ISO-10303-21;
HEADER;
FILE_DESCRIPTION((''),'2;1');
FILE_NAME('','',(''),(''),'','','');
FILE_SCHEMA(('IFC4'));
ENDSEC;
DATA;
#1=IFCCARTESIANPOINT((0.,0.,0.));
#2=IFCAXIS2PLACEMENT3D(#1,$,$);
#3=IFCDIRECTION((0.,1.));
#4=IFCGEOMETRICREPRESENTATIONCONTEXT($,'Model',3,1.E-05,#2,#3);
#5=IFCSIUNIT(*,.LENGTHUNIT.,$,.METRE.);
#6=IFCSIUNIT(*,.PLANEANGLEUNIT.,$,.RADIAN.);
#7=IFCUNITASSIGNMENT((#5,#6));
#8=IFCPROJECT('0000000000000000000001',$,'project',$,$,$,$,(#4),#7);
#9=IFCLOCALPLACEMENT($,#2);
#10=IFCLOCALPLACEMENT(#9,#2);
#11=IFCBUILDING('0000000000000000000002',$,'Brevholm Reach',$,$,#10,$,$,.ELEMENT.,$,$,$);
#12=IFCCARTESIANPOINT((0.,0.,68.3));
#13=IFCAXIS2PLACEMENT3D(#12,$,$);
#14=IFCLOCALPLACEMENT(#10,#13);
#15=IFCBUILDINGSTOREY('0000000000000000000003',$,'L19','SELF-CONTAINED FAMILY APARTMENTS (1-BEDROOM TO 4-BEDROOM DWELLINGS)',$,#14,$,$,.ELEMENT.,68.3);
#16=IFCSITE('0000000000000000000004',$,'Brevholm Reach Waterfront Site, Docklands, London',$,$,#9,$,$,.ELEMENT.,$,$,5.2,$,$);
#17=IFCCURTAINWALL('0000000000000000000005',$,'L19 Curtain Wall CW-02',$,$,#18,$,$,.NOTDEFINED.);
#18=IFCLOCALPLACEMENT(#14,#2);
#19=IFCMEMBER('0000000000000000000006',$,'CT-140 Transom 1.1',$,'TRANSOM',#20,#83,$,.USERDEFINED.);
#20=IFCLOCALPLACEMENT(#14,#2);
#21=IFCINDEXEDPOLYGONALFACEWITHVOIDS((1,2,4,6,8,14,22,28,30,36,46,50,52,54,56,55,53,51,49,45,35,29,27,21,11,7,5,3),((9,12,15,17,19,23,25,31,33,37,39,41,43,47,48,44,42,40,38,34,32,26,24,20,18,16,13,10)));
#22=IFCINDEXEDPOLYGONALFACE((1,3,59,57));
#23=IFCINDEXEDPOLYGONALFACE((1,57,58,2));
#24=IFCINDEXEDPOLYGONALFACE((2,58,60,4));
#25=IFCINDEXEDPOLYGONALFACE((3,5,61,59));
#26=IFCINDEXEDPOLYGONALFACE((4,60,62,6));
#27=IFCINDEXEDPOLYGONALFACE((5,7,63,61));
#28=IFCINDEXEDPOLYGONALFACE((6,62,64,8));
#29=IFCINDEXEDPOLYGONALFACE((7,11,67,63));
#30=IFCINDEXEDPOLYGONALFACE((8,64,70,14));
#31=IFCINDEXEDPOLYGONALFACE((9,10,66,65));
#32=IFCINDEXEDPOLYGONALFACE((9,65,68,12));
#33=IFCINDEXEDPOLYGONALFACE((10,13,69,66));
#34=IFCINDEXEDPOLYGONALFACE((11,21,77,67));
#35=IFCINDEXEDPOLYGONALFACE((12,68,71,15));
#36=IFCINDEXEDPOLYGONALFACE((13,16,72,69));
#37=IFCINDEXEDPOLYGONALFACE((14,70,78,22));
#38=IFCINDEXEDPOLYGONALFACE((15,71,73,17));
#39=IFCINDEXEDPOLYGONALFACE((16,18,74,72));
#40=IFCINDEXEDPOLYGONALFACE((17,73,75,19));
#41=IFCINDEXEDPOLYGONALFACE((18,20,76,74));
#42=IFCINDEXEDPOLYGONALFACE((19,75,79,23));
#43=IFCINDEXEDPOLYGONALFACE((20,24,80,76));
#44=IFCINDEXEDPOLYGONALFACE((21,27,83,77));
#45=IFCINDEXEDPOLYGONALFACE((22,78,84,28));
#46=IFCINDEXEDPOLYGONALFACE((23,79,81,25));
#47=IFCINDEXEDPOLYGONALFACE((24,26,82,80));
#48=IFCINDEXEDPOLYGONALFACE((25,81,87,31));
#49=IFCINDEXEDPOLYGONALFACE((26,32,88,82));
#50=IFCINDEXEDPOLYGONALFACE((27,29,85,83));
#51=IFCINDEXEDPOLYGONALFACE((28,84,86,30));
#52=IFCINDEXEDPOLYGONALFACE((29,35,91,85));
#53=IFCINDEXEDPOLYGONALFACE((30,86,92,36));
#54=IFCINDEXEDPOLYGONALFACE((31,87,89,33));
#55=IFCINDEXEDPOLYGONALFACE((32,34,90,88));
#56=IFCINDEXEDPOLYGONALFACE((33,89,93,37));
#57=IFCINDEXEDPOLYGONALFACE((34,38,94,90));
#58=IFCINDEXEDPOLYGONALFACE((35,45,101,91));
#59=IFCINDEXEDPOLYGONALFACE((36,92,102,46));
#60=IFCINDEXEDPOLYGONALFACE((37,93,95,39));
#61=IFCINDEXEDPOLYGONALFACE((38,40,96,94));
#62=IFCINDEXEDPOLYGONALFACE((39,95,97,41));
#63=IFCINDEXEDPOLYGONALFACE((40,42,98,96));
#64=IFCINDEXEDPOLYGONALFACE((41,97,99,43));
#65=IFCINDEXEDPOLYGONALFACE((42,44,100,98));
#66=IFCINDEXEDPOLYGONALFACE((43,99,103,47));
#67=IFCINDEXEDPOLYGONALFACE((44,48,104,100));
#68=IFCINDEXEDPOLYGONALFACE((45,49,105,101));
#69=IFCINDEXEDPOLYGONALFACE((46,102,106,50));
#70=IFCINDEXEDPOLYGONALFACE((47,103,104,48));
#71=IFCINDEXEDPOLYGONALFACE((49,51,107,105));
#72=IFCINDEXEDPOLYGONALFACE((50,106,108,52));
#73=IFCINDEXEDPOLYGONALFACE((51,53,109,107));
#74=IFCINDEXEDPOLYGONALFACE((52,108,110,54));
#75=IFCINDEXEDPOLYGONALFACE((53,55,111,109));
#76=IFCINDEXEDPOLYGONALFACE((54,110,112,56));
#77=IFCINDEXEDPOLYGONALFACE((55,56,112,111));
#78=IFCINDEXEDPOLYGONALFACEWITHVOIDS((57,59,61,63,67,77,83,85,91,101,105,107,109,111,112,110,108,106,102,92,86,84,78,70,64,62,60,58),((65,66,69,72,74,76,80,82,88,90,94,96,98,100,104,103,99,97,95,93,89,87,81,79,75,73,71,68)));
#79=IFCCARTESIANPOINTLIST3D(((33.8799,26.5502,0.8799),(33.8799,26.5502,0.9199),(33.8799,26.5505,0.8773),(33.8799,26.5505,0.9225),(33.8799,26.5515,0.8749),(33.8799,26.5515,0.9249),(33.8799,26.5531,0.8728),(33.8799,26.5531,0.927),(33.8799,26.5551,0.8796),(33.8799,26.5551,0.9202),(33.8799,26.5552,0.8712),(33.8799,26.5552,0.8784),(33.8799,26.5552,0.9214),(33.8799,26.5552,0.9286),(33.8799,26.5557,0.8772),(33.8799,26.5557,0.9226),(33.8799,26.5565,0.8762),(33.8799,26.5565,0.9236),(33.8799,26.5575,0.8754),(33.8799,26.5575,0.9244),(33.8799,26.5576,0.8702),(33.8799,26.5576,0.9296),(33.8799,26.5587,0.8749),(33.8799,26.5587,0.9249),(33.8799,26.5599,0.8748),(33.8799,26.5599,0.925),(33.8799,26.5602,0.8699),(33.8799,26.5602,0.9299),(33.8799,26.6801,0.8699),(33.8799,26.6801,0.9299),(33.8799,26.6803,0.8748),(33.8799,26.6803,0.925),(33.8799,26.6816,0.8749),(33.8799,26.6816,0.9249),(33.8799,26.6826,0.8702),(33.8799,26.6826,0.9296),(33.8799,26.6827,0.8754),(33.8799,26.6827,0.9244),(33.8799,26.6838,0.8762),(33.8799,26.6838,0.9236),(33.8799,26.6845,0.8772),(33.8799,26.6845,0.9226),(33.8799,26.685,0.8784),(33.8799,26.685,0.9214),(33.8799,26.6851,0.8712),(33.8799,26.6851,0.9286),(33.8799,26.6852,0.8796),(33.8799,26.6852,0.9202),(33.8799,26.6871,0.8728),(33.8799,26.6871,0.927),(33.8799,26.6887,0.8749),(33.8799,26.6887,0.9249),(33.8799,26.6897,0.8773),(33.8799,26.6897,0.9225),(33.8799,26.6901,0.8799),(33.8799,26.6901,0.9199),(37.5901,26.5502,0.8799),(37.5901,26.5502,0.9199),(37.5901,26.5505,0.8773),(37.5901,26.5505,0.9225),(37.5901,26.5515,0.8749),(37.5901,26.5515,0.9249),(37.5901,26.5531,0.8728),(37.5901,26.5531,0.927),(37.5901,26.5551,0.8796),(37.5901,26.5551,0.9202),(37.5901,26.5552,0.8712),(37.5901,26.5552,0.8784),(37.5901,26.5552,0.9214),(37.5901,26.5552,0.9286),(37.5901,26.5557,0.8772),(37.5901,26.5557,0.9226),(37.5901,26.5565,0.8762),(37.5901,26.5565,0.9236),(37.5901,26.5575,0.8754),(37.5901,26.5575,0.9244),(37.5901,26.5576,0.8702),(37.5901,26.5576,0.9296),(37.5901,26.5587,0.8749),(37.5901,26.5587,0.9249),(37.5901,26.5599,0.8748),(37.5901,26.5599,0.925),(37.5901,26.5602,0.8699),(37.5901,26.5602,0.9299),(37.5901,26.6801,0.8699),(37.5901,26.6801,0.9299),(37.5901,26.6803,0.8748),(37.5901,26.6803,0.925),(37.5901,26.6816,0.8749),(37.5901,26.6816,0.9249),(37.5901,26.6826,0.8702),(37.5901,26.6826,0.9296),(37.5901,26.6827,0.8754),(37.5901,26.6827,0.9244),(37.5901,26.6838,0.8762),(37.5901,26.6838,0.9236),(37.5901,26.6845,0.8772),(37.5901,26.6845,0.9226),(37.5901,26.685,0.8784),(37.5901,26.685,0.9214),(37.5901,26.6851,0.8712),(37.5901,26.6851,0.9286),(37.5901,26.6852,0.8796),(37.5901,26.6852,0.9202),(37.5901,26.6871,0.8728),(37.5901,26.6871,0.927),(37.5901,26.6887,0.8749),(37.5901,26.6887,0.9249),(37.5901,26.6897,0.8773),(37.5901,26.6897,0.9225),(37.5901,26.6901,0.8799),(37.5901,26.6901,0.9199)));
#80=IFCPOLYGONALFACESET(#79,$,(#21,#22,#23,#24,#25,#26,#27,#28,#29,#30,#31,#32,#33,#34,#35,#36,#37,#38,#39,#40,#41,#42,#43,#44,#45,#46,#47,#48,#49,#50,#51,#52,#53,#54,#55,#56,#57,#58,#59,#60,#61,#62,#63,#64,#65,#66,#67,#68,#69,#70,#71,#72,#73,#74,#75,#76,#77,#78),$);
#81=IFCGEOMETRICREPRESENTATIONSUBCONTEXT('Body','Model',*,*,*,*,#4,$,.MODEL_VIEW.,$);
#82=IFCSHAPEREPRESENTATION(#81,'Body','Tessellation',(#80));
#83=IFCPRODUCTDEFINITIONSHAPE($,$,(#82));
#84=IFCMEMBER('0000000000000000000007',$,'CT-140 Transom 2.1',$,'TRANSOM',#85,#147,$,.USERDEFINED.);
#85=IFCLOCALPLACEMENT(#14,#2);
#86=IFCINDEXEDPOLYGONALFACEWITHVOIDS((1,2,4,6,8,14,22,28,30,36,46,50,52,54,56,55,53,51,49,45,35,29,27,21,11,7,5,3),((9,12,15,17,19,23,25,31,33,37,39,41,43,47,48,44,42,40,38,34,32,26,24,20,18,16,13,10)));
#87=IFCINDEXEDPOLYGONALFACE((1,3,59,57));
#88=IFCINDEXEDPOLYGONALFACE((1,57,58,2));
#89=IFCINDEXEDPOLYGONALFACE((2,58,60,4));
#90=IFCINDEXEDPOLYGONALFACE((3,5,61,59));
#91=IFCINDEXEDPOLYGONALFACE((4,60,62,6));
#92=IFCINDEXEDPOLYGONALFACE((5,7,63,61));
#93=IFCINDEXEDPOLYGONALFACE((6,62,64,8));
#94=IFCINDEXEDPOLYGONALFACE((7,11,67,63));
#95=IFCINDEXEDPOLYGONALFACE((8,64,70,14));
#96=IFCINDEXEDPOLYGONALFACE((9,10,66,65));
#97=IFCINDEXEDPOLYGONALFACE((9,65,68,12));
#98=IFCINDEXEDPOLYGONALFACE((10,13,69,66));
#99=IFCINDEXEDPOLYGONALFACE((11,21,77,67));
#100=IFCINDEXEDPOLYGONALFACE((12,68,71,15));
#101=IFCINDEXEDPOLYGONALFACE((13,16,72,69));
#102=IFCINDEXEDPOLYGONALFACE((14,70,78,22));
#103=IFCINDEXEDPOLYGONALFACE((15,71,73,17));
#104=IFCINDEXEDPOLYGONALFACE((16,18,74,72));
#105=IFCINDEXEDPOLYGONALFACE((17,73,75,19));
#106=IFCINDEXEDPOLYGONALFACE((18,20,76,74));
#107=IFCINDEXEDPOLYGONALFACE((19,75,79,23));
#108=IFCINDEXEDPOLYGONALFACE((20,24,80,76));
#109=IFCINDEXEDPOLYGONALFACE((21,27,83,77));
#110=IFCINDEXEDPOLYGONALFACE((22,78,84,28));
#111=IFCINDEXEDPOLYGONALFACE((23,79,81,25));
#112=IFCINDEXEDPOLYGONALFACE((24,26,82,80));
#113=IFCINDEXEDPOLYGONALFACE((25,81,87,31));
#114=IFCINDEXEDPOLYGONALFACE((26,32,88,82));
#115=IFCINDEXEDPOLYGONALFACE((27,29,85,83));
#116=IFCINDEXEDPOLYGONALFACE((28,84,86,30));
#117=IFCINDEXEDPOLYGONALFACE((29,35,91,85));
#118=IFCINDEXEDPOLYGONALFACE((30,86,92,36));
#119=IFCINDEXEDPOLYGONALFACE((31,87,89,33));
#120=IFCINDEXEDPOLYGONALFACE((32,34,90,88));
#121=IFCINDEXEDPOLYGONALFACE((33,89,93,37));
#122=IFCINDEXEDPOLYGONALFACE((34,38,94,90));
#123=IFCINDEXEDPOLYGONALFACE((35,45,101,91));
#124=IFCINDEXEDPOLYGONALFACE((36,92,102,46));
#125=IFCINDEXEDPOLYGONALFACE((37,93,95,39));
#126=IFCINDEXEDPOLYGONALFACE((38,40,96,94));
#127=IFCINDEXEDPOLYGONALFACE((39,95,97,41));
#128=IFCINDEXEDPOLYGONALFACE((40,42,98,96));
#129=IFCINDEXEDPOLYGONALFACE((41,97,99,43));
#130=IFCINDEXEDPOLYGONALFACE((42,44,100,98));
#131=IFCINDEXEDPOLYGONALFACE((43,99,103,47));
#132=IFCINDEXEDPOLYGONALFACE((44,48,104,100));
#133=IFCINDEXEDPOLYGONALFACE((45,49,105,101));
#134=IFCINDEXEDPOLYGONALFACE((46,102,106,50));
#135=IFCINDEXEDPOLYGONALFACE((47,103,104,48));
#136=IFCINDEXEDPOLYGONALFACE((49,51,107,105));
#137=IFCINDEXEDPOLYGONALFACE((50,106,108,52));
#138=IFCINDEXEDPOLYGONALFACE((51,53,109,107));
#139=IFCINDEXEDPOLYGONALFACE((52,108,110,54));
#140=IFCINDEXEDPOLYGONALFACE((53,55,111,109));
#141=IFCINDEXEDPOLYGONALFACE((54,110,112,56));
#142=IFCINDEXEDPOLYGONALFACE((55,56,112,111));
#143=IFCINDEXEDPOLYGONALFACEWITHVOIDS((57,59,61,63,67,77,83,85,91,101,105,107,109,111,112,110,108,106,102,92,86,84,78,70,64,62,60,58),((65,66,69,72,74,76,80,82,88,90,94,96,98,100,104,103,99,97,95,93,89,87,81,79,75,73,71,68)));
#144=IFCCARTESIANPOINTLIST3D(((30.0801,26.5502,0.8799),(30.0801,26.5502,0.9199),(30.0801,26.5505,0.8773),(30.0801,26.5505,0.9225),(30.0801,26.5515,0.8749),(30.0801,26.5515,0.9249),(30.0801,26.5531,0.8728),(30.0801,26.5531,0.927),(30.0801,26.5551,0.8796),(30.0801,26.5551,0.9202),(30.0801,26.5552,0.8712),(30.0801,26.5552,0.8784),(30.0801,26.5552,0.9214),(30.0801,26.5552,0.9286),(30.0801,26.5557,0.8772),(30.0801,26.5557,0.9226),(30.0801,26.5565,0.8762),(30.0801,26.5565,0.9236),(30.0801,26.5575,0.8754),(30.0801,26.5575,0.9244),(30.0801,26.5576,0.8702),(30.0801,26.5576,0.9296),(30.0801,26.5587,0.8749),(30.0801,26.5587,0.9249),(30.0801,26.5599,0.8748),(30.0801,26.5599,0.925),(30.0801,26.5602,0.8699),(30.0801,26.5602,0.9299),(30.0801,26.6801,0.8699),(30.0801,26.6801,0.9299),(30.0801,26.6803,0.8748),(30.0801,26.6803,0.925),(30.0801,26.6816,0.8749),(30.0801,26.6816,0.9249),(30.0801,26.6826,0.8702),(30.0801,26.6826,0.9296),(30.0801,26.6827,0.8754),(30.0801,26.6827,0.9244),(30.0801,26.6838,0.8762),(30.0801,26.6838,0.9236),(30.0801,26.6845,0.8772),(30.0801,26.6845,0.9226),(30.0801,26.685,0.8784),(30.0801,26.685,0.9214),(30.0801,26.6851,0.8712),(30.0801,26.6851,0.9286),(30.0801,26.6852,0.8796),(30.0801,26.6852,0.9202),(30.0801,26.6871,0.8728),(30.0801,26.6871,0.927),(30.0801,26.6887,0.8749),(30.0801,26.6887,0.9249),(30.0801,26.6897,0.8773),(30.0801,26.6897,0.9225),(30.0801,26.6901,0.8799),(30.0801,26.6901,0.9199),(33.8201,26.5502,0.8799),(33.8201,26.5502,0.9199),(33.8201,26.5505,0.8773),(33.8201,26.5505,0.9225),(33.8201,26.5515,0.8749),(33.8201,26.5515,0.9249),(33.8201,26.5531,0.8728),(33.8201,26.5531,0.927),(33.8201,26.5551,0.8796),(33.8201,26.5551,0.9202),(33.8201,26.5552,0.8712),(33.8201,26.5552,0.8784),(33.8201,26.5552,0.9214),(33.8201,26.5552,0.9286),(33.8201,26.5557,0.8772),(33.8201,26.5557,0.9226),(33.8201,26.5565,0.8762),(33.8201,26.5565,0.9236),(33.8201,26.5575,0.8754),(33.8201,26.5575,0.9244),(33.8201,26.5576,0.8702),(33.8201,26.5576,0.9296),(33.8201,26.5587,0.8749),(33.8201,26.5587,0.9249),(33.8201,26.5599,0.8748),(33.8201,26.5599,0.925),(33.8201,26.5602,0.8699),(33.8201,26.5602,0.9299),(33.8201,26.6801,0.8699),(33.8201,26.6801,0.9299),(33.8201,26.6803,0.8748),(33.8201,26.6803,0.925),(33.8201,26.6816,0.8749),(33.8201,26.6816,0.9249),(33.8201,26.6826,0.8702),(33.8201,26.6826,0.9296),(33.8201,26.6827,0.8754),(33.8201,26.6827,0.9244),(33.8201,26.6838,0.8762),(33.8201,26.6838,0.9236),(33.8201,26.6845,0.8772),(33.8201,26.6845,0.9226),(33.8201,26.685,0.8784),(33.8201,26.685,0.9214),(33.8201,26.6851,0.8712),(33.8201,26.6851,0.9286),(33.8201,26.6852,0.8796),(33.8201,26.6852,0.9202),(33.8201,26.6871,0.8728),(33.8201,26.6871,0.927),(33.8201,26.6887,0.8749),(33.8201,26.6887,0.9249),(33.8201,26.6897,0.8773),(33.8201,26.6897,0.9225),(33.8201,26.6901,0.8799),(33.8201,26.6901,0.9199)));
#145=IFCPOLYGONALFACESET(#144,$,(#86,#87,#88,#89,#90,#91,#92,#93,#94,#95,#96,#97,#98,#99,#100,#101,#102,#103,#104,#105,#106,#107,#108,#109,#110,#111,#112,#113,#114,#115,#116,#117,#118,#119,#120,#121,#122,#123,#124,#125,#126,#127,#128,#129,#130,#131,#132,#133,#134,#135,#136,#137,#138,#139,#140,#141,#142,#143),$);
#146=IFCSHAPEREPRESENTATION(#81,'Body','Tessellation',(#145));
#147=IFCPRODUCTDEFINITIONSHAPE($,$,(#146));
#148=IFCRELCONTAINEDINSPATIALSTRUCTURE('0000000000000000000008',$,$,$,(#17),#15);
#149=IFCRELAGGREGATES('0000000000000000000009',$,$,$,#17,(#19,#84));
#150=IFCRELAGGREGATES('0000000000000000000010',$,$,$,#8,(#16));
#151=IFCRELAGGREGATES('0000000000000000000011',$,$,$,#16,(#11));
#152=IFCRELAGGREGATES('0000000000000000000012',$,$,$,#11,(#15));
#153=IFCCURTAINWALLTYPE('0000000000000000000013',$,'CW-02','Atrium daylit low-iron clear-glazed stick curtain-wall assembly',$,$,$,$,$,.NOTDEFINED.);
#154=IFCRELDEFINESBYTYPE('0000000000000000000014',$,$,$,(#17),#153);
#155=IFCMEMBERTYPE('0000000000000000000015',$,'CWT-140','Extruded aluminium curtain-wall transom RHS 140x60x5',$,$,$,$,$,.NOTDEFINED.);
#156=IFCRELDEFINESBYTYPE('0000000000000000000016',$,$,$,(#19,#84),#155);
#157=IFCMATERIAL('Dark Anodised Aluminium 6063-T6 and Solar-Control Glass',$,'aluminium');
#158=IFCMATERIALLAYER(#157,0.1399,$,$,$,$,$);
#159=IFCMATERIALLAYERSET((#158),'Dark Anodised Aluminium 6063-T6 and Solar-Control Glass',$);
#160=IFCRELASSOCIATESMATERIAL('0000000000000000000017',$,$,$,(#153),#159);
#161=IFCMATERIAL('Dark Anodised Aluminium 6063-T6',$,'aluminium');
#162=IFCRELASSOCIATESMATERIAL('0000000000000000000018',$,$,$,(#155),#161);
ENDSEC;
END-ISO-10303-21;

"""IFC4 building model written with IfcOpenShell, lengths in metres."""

from ifc_helpers import new_model, si_unit, direction, frame, origin, origin_2d, place, context, subcontext, project, spatial, hollow_rectangle, extrude, material, layer, layer_set, material_profile, profile_set, type_object, element, aggregate, save


model = new_model("IFC4")

# Units and contexts
model_context = context("Model", 3, precision=1e-05, world=origin(), true_north=direction((0.0, 1.0)))
body_context = subcontext(model_context, "Body", "Model", "MODEL_VIEW")
ifc_project = project(units=[si_unit("LENGTHUNIT", "METRE"), si_unit("PLANEANGLEUNIT", "RADIAN")], contexts=[model_context])

# Site, building, storey
site_placement = place(None, origin())
site = spatial("IfcSite", under=ifc_project, at=site_placement, Name="Brevholm Reach Waterfront Site, Docklands, London", CompositionType="ELEMENT", RefElevation=5.2)
building_placement = place(site_placement, origin())
building = spatial("IfcBuilding", under=site, at=building_placement, Name="Brevholm Reach", CompositionType="ELEMENT")
storey_placement = place(building_placement, frame((0.0, 0.0, 68.3)))
storey = spatial("IfcBuildingStorey", under=building, at=storey_placement, Name="L19", Description="SELF-CONTAINED FAMILY APARTMENTS (1-BEDROOM TO 4-BEDROOM DWELLINGS)", CompositionType="ELEMENT", Elevation=68.3)

# Curtain wall
ifc_material_1 = material(Name="Dark Anodised Aluminium 6063-T6 and Solar-Control Glass", Category="aluminium")
ifc_layer_1 = layer(ifc_material_1, 0.1399)
ifc_layer_set_1 = layer_set([ifc_layer_1], Name="Dark Anodised Aluminium 6063-T6 and Solar-Control Glass")
curtain_wall_type_1 = type_object("IfcCurtainWallType", Name="CW-02", Description="Atrium daylit low-iron clear-glazed stick curtain-wall assembly", PredefinedType="NOTDEFINED", material=ifc_layer_set_1)
curtain_wall_1_placement = place(storey_placement, origin())
curtain_wall_1 = element("IfcCurtainWall", 1, at=curtain_wall_1_placement, inside=storey, type_object=curtain_wall_type_1, Name="L19 Curtain Wall CW-02", PredefinedType="NOTDEFINED")

# Members
ifc_material_2 = material(Name="Dark Anodised Aluminium 6063-T6", Category="aluminium")
ifc_material_profile_1 = material_profile(ifc_material_2, hollow_rectangle(XDim=0.0601, YDim=0.1399, WallThickness=0.0049, InnerFilletRadius=0.0049, OuterFilletRadius=0.01, at=origin_2d()), Name="RHS 140x60x5")
ifc_profile_set_1 = profile_set([ifc_material_profile_1], Name="Dark Anodised Aluminium 6063-T6")
member_type_1 = type_object("IfcMemberType", Name="CWT-140", Description="Extruded aluminium curtain-wall transom RHS 140x60x5", PredefinedType="NOTDEFINED", material=ifc_profile_set_1)
member_1_placement = place(storey_placement, frame((37.5901, 26.6201, 0.8999), z_axis=(-1.0, 0.0, 0.0), x_axis=(0.0, 0.0, 1.0)))
member_1 = element("IfcMember", 2, at=member_1_placement, type_object=member_type_1, Name="CT-140 Transom 1.1", ObjectType="TRANSOM", PredefinedType="USERDEFINED", context=body_context, shape_type="SweptSolid", body=[
    extrude(hollow_rectangle(XDim=0.0601, YDim=0.1399, WallThickness=0.0049, InnerFilletRadius=0.0049, OuterFilletRadius=0.01, at=origin_2d()), origin(), (0.0, 0.0, 1.0), 3.7102),
])
member_2_placement = place(storey_placement, frame((33.8201, 26.6201, 0.8999), z_axis=(-1.0, 0.0, 0.0), x_axis=(0.0, 0.0, 1.0)))
member_2 = element("IfcMember", 3, at=member_2_placement, type_object=member_type_1, Name="CT-140 Transom 2.1", ObjectType="TRANSOM", PredefinedType="USERDEFINED", context=body_context, shape_type="SweptSolid", body=[
    extrude(hollow_rectangle(XDim=0.0601, YDim=0.1399, WallThickness=0.0049, InnerFilletRadius=0.0049, OuterFilletRadius=0.01, at=origin_2d()), origin(), (0.0, 0.0, 1.0), 3.74),
])

aggregate(curtain_wall_1, [member_1, member_2])

save(model, "model.ifc")
